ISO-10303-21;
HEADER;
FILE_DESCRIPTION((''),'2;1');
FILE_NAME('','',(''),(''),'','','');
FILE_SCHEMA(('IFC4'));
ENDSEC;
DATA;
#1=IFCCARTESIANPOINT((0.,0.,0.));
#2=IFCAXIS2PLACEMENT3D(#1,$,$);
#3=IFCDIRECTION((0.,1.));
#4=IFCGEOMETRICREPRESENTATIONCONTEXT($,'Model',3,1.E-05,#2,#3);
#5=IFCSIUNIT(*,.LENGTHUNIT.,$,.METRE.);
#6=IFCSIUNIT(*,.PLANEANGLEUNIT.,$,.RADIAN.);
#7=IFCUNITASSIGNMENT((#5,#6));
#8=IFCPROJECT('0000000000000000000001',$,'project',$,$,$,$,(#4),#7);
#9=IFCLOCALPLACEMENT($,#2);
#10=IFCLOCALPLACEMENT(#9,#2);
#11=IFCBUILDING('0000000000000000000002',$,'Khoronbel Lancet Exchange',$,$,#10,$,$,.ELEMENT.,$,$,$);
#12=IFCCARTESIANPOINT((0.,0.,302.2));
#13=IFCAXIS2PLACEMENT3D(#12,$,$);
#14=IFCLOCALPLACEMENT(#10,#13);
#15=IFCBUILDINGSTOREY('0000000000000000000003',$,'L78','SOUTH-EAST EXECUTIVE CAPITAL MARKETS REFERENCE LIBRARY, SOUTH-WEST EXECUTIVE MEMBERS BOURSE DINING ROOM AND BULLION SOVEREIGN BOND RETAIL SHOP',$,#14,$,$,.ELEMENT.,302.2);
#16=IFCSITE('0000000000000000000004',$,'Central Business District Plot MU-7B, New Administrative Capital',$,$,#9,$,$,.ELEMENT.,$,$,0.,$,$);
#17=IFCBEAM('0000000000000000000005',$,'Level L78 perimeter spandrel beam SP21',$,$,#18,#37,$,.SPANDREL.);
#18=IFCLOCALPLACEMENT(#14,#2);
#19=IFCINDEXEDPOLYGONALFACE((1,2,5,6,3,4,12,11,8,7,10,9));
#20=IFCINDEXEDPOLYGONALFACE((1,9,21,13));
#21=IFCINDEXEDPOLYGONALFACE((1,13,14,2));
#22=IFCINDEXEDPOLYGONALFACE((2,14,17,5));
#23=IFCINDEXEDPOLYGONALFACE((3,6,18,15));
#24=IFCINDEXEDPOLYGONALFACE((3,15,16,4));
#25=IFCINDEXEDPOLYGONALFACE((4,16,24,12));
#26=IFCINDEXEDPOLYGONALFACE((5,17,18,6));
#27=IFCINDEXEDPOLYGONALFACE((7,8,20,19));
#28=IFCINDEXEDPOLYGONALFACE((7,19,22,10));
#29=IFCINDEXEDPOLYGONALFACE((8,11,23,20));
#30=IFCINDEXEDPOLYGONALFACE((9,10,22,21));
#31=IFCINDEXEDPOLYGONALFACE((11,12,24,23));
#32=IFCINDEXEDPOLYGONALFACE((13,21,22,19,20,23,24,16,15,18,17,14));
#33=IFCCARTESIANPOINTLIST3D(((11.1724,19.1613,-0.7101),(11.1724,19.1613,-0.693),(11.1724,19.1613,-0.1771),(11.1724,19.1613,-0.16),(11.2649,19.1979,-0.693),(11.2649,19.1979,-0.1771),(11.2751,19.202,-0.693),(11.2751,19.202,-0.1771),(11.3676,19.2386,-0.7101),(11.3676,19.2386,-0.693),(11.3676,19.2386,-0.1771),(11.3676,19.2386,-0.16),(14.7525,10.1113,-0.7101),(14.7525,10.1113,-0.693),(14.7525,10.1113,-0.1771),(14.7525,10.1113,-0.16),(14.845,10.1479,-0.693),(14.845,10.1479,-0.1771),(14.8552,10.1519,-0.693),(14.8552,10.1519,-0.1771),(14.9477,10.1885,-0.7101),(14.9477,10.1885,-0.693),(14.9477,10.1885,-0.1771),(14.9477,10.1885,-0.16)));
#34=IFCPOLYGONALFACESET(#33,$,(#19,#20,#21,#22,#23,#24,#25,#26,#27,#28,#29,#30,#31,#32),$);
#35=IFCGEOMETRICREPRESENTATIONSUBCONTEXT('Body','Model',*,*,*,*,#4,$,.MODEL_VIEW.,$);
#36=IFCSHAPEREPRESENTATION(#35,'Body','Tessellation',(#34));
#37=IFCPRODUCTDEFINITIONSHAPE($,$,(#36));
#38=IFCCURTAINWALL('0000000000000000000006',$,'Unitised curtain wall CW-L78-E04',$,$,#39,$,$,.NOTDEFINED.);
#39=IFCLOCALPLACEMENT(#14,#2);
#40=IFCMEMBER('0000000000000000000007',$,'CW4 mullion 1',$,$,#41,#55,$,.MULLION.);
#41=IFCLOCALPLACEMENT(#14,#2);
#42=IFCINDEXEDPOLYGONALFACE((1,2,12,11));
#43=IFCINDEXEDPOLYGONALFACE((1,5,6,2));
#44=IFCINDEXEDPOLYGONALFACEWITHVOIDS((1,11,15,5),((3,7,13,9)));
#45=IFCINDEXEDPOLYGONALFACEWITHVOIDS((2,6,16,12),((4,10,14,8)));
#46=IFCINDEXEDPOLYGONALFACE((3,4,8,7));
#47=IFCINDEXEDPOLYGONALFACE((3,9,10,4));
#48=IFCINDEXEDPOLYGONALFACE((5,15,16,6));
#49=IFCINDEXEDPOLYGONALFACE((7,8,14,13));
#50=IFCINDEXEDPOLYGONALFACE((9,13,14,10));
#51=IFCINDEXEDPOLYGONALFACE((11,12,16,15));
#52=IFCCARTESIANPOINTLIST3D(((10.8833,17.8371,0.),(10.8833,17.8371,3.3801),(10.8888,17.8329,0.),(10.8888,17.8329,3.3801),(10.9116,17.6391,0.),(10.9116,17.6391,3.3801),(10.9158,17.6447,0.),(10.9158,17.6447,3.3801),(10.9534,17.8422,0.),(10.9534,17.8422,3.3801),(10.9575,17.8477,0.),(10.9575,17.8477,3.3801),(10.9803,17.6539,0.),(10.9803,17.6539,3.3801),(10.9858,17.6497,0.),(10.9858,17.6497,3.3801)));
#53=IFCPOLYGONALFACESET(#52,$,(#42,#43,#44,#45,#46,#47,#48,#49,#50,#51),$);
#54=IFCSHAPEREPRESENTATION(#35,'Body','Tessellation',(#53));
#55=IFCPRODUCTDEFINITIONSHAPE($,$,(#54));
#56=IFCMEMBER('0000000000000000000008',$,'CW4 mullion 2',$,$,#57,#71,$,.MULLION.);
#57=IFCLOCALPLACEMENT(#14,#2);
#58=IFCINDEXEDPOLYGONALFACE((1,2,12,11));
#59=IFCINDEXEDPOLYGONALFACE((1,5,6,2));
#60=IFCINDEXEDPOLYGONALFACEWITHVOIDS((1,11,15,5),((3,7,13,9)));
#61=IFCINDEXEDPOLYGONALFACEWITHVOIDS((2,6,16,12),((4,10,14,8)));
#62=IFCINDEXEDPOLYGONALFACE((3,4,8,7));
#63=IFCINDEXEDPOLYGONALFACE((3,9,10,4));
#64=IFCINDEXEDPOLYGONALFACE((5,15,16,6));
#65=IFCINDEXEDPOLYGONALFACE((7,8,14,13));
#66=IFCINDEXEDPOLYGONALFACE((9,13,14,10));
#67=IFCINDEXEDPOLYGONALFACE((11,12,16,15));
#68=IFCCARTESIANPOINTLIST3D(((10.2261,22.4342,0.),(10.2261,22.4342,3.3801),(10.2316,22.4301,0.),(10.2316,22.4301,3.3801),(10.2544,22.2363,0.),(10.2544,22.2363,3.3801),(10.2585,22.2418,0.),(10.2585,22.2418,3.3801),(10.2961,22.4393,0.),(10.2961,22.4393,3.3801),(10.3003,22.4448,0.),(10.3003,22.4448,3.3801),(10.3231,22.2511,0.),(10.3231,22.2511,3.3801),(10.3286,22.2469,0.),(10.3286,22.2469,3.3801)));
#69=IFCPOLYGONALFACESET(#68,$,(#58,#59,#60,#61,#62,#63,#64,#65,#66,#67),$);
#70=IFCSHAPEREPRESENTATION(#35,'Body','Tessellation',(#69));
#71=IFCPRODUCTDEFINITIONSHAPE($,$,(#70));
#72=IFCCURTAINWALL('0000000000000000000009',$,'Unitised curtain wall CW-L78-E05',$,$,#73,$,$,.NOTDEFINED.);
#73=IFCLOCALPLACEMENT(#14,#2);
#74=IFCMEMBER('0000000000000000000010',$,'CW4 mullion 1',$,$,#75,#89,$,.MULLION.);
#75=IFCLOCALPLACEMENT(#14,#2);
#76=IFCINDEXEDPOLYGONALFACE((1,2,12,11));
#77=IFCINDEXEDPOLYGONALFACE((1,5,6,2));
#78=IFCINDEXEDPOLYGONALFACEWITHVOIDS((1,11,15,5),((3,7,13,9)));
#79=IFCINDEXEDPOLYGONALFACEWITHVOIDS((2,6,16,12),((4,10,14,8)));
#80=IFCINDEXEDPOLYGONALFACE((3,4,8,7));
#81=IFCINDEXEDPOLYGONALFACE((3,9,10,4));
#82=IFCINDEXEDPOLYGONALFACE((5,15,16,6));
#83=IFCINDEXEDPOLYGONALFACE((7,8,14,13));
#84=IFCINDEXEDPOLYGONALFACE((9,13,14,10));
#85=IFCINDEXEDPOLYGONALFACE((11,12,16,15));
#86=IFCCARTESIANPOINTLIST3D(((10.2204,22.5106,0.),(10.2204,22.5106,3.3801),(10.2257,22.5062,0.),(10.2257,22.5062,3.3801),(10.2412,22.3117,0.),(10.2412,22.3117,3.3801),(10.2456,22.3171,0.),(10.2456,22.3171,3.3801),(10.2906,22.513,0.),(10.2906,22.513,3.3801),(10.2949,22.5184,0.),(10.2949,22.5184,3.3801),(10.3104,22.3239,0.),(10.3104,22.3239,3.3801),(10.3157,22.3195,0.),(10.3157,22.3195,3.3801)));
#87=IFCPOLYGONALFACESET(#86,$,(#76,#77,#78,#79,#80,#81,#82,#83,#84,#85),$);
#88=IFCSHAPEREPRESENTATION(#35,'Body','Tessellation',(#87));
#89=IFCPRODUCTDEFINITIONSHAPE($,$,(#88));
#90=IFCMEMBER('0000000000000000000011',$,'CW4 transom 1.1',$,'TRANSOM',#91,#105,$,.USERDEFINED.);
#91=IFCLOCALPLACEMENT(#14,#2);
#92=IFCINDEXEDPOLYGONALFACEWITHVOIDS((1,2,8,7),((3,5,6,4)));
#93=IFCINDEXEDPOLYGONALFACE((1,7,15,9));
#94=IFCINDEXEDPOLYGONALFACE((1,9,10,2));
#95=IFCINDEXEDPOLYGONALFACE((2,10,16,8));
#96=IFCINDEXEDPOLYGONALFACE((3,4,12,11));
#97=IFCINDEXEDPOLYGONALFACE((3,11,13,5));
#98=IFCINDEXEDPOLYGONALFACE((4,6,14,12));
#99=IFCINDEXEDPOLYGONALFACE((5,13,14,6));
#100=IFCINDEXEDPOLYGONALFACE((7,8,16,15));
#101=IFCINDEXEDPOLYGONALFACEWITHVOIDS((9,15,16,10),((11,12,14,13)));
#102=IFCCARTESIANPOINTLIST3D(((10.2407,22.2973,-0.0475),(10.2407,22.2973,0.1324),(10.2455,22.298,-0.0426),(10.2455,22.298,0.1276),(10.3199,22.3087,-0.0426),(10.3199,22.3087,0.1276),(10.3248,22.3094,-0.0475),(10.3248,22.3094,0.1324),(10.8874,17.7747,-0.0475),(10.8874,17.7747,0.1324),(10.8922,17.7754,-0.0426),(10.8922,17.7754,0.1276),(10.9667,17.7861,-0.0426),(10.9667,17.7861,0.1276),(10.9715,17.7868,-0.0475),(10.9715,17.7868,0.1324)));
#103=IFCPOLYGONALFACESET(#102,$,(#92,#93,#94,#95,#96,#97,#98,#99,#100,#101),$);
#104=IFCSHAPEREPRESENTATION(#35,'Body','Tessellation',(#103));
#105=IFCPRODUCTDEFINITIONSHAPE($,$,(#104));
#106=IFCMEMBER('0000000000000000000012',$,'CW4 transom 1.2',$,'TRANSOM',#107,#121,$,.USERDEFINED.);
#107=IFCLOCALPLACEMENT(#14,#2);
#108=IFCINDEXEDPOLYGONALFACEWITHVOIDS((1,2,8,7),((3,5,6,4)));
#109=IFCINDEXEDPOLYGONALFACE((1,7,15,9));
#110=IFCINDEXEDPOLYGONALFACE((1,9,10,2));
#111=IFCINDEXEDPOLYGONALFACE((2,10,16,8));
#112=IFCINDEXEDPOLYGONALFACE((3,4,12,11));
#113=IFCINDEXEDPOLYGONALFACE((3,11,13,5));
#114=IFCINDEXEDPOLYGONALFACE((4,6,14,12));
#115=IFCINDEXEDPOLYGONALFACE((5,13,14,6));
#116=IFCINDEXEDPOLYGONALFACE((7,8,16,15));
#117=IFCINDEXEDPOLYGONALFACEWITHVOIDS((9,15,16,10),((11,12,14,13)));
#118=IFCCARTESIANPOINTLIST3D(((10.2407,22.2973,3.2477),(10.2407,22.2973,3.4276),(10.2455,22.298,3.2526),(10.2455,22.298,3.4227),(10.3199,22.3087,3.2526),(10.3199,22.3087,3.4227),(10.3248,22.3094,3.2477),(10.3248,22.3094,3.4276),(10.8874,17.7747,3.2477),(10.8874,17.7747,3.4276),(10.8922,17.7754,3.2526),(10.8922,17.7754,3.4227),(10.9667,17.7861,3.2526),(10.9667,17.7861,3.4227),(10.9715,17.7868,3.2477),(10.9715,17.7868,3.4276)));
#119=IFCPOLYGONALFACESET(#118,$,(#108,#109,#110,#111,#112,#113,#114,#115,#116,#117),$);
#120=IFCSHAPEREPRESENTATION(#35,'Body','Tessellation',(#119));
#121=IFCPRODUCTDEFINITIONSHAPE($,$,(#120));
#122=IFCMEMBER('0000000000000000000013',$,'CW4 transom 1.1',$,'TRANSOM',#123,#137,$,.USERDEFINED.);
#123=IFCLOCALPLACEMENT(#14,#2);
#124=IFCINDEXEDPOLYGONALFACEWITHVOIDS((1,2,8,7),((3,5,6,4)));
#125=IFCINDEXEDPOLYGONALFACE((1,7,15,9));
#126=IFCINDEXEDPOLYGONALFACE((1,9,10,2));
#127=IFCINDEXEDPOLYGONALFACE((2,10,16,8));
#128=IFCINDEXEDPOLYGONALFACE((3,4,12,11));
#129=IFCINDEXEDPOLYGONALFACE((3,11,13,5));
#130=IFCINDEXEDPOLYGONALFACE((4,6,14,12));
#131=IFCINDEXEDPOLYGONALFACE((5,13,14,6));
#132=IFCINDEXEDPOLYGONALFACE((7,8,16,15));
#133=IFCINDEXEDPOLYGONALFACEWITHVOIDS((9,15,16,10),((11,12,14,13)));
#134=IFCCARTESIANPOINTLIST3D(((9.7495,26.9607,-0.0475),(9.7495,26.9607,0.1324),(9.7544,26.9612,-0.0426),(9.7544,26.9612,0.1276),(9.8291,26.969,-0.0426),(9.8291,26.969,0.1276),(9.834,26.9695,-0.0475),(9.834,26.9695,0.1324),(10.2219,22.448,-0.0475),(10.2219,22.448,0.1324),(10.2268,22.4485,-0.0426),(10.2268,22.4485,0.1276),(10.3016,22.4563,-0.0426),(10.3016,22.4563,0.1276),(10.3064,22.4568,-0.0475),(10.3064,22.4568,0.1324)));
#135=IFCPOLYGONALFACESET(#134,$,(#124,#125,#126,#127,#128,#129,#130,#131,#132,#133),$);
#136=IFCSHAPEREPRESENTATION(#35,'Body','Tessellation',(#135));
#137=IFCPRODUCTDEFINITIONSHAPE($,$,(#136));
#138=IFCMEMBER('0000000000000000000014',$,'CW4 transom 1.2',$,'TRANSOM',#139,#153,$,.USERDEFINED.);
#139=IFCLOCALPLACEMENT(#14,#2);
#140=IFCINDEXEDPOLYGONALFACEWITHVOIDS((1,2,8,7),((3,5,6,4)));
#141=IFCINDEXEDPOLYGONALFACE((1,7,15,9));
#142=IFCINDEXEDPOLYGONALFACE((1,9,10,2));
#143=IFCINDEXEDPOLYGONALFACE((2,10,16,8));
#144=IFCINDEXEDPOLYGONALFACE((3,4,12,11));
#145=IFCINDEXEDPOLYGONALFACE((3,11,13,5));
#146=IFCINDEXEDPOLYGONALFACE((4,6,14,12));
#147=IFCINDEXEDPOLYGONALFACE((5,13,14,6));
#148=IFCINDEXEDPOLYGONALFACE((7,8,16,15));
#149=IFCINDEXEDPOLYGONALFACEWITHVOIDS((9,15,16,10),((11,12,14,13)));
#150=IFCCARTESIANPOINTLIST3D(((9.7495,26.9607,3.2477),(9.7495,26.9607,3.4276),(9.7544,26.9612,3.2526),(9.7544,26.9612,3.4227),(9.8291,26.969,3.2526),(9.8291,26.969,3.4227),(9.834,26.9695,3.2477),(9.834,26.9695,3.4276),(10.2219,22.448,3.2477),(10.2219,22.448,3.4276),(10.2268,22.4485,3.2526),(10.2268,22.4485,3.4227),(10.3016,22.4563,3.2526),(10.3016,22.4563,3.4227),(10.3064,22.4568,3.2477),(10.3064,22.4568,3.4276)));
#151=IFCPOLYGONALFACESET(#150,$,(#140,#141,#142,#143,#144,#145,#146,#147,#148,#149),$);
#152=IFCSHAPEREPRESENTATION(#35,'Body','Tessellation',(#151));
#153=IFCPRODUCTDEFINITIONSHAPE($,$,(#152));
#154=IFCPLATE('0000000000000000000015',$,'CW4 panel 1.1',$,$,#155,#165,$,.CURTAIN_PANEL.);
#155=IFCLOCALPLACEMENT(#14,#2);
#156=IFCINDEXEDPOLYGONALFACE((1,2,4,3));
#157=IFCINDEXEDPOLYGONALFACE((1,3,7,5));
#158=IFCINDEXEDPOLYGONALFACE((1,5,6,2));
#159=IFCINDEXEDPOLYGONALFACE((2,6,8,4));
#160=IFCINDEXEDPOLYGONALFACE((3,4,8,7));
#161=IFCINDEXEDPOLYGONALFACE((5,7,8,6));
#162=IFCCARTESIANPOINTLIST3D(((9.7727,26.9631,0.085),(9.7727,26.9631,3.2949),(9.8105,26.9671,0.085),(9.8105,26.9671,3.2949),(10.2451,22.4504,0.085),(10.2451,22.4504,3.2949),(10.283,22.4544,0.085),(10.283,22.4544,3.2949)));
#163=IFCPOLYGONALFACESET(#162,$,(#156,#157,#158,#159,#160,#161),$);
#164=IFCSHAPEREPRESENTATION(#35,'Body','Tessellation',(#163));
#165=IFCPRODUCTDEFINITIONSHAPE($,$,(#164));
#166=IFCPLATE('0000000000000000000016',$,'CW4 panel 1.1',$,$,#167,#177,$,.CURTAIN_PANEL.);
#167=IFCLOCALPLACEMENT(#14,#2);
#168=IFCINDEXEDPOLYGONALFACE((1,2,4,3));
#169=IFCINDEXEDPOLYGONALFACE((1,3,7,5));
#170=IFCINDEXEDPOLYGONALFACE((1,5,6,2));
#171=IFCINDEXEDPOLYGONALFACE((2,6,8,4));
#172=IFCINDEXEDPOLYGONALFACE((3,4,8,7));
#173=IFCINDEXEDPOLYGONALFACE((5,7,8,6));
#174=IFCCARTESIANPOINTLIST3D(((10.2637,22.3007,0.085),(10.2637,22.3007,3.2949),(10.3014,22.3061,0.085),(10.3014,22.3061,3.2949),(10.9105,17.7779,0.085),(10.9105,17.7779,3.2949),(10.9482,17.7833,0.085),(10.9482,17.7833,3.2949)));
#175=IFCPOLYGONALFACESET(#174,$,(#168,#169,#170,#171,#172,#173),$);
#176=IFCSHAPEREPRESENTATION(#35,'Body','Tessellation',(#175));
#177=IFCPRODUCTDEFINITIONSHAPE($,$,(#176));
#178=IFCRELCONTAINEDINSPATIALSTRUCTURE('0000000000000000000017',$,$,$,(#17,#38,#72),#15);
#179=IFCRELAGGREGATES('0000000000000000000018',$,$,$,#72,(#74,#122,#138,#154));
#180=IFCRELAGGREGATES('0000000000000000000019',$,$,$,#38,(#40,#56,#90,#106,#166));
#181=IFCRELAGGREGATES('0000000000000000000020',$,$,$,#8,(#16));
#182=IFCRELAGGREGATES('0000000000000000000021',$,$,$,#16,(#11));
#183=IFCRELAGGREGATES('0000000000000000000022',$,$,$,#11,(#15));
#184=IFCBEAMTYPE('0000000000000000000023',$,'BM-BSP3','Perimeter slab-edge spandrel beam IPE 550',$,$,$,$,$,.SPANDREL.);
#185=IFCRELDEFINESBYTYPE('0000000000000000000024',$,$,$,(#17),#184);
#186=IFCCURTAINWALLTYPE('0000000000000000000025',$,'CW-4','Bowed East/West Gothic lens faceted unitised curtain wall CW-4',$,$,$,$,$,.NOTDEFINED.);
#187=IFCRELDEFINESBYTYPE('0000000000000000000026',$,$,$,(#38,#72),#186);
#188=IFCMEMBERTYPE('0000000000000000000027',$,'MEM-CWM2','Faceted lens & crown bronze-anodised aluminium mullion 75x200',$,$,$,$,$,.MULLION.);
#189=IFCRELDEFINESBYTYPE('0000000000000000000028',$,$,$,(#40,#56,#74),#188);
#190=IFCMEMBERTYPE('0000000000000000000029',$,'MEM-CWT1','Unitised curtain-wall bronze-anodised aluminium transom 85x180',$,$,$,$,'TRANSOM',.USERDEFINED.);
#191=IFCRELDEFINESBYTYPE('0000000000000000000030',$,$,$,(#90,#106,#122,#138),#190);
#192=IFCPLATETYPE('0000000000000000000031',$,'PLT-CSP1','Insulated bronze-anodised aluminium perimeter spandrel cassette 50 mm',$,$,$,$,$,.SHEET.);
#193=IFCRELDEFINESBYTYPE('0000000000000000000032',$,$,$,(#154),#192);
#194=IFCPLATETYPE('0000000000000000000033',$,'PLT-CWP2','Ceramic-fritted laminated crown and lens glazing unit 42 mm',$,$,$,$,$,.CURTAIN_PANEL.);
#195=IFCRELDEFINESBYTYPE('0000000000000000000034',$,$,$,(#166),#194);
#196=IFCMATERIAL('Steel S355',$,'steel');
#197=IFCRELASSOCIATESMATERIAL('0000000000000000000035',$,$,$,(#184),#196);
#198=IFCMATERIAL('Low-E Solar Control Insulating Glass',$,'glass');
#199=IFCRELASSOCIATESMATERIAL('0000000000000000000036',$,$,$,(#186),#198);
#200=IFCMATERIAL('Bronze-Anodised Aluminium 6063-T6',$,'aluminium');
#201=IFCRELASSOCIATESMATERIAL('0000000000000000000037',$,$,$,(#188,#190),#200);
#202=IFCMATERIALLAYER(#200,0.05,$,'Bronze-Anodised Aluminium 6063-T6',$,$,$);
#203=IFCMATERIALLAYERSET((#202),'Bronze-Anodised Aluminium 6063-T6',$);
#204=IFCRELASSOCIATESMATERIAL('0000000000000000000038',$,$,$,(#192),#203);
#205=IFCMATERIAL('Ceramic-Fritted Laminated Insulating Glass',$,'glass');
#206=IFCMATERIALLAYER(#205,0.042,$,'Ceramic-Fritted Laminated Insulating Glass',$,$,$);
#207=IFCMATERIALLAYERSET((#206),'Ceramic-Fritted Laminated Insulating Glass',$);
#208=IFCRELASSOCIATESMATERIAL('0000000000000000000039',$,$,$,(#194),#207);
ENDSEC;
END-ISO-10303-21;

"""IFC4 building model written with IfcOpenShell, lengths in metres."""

from ifc_helpers import new_model, si_unit, direction, frame, origin, origin_2d, place, context, subcontext, project, spatial, rectangle, hollow_rectangle, i_section, extrude, material, layer, layer_set, material_profile, profile_set, type_object, element, aggregate, save


model = new_model("IFC4")

# Units and contexts
model_context = context("Model", 3, precision=1e-05, world=origin(), true_north=direction((0.0, 1.0)))
body_context = subcontext(model_context, "Body", "Model", "MODEL_VIEW")
ifc_project = project(units=[si_unit("LENGTHUNIT", "METRE"), si_unit("PLANEANGLEUNIT", "RADIAN")], contexts=[model_context])

# Site, building, storey
site_placement = place(None, origin())
site = spatial("IfcSite", under=ifc_project, at=site_placement, Name="Central Business District Plot MU-7B, New Administrative Capital", CompositionType="ELEMENT", RefElevation=0.0)
building_placement = place(site_placement, origin())
building = spatial("IfcBuilding", under=site, at=building_placement, Name="Khoronbel Lancet Exchange", CompositionType="ELEMENT")
storey_placement = place(building_placement, frame((0.0, 0.0, 302.2)))
storey = spatial("IfcBuildingStorey", under=building, at=storey_placement, Name="L78", Description="SOUTH-EAST EXECUTIVE CAPITAL MARKETS REFERENCE LIBRARY, SOUTH-WEST EXECUTIVE MEMBERS BOURSE DINING ROOM AND BULLION SOVEREIGN BOND RETAIL SHOP", CompositionType="ELEMENT", Elevation=302.2)

# Shared definitions
ifc_material_1 = material(Name="Steel S355", Category="steel")

# Beam
ifc_material_profile_1 = material_profile(ifc_material_1, i_section(OverallWidth=0.21, OverallDepth=0.55, WebThickness=0.011, FlangeThickness=0.0171, at=origin_2d()), Name="IPE 550")
ifc_profile_set_1 = profile_set([ifc_material_profile_1], Name="Steel S355")
beam_type_1 = type_object("IfcBeamType", Name="BM-BSP3", Description="Perimeter slab-edge spandrel beam IPE 550", PredefinedType="SPANDREL", material=ifc_profile_set_1)
beam_1_placement = place(storey_placement, frame((11.27, 19.2, -0.4351), z_axis=(0.36785, -0.929885, 0.0), x_axis=(0.929885, 0.36785, 0.0)))
element("IfcBeam", 1, at=beam_1_placement, inside=storey, type_object=beam_type_1, Name="Level L78 perimeter spandrel beam SP21", PredefinedType="SPANDREL", context=body_context, shape_type="SweptSolid", body=[
    extrude(i_section(OverallWidth=0.21, OverallDepth=0.55, WebThickness=0.011, FlangeThickness=0.0171, at=origin_2d()), origin(), (0.0, 0.0, 1.0), 9.7324),
])

# Curtain wall, members
ifc_material_2 = material(Name="Low-E Solar Control Insulating Glass", Category="glass")
curtain_wall_type = type_object("IfcCurtainWallType", Name="CW-4", Description="Bowed East/West Gothic lens faceted unitised curtain wall CW-4", PredefinedType="NOTDEFINED", material=ifc_material_2)
curtain_wall_1_placement = place(storey_placement, origin())
curtain_wall_1 = element("IfcCurtainWall", 2, at=curtain_wall_1_placement, inside=storey, type_object=curtain_wall_type, Name="Unitised curtain wall CW-L78-E04", PredefinedType="NOTDEFINED")
ifc_material_3 = material(Name="Bronze-Anodised Aluminium 6063-T6", Category="aluminium")
ifc_material_profile_2 = material_profile(ifc_material_3, hollow_rectangle(XDim=0.075, YDim=0.2, WallThickness=0.0049, at=origin_2d()), Name="ALU MULLION 75x200")
ifc_profile_set_2 = profile_set([ifc_material_profile_2], Name="Bronze-Anodised Aluminium 6063-T6")
member_type_1 = type_object("IfcMemberType", Name="MEM-CWM2", Description="Faceted lens & crown bronze-anodised aluminium mullion 75x200", PredefinedType="MULLION", material=ifc_profile_set_2)
member_1_placement = place(storey_placement, frame((10.9346, 17.7434, 0.0), z_axis=(0.0, 0.0, 1.0), x_axis=(-0.98993, -0.141558, 0.0)))
member_1 = element("IfcMember", 3, at=member_1_placement, type_object=member_type_1, Name="CW4 mullion 1", PredefinedType="MULLION", context=body_context, shape_type="SweptSolid", body=[
    extrude(hollow_rectangle(XDim=0.075, YDim=0.2, WallThickness=0.0049, at=origin_2d()), origin(), (0.0, 0.0, 1.0), 3.3801),
])
member_2_placement = place(storey_placement, frame((10.2773, 22.3406, 0.0), z_axis=(0.0, 0.0, 1.0), x_axis=(-0.98993, -0.141558, 0.0)))
member_2 = element("IfcMember", 4, at=member_2_placement, type_object=member_type_1, Name="CW4 mullion 2", PredefinedType="MULLION", context=body_context, shape_type="SweptSolid", body=[
    extrude(hollow_rectangle(XDim=0.075, YDim=0.2, WallThickness=0.0049, at=origin_2d()), origin(), (0.0, 0.0, 1.0), 3.3801),
])

# Curtain wall, member
curtain_wall_2_placement = place(storey_placement, origin())
curtain_wall_2 = element("IfcCurtainWall", 5, at=curtain_wall_2_placement, inside=storey, type_object=curtain_wall_type, Name="Unitised curtain wall CW-L78-E05", PredefinedType="NOTDEFINED")
member_3_placement = place(storey_placement, frame((10.2681, 22.415, 0.0), z_axis=(0.0, 0.0, 1.0), x_axis=(-0.994564, -0.104131, 0.0)))
member_3 = element("IfcMember", 6, at=member_3_placement, type_object=member_type_1, Name="CW4 mullion 1", PredefinedType="MULLION", context=body_context, shape_type="SweptSolid", body=[
    extrude(hollow_rectangle(XDim=0.075, YDim=0.2, WallThickness=0.0049, at=origin_2d()), origin(), (0.0, 0.0, 1.0), 3.3801),
])

# Members
ifc_material_profile_3 = material_profile(ifc_material_3, hollow_rectangle(XDim=0.085, YDim=0.1799, WallThickness=0.0049, at=origin_2d()), Name="ALU TRANSOM 85x180")
ifc_profile_set_3 = profile_set([ifc_material_profile_3], Name="Bronze-Anodised Aluminium 6063-T6")
member_type_2 = type_object("IfcMemberType", Name="MEM-CWT1", Description="Unitised curtain-wall bronze-anodised aluminium transom 85x180", ElementType="TRANSOM", PredefinedType="USERDEFINED", material=ifc_profile_set_3)
member_4_placement = place(storey_placement, frame((10.9294, 17.7808, 0.0425), z_axis=(-0.141556, 0.98993, 0.0), x_axis=(-0.98993, -0.141556, 0.0)))
member_4 = element("IfcMember", 7, at=member_4_placement, type_object=member_type_2, Name="CW4 transom 1.1", ObjectType="TRANSOM", PredefinedType="USERDEFINED", context=body_context, shape_type="SweptSolid", body=[
    extrude(hollow_rectangle(XDim=0.085, YDim=0.1799, WallThickness=0.0049, at=origin_2d()), origin(), (0.0, 0.0, 1.0), 4.5686),
])
member_5_placement = place(storey_placement, frame((10.9294, 17.7808, 3.3376), z_axis=(-0.141556, 0.98993, 0.0), x_axis=(-0.98993, -0.141556, 0.0)))
member_5 = element("IfcMember", 8, at=member_5_placement, type_object=member_type_2, Name="CW4 transom 1.2", ObjectType="TRANSOM", PredefinedType="USERDEFINED", context=body_context, shape_type="SweptSolid", body=[
    extrude(hollow_rectangle(XDim=0.085, YDim=0.1799, WallThickness=0.0049, at=origin_2d()), origin(), (0.0, 0.0, 1.0), 4.5686),
])
member_6_placement = place(storey_placement, frame((10.2642, 22.4524, 0.0425), z_axis=(-0.104116, 0.994565, 0.0), x_axis=(-0.994565, -0.104116, 0.0)))
member_6 = element("IfcMember", 9, at=member_6_placement, type_object=member_type_2, Name="CW4 transom 1.1", ObjectType="TRANSOM", PredefinedType="USERDEFINED", context=body_context, shape_type="SweptSolid", body=[
    extrude(hollow_rectangle(XDim=0.085, YDim=0.1799, WallThickness=0.0049, at=origin_2d()), origin(), (0.0, 0.0, 1.0), 4.5374),
])
member_7_placement = place(storey_placement, frame((10.2642, 22.4524, 3.3376), z_axis=(-0.104116, 0.994565, 0.0), x_axis=(-0.994565, -0.104116, 0.0)))
member_7 = element("IfcMember", 10, at=member_7_placement, type_object=member_type_2, Name="CW4 transom 1.2", ObjectType="TRANSOM", PredefinedType="USERDEFINED", context=body_context, shape_type="SweptSolid", body=[
    extrude(hollow_rectangle(XDim=0.085, YDim=0.1799, WallThickness=0.0049, at=origin_2d()), origin(), (0.0, 0.0, 1.0), 4.5374),
])

# Plates
ifc_layer_1 = layer(ifc_material_3, 0.05, Name="Bronze-Anodised Aluminium 6063-T6")
ifc_layer_set_1 = layer_set([ifc_layer_1], Name="Bronze-Anodised Aluminium 6063-T6")
plate_type_1 = type_object("IfcPlateType", Name="PLT-CSP1", Description="Insulated bronze-anodised aluminium perimeter spandrel cassette 50 mm", PredefinedType="SHEET", material=ifc_layer_set_1)
plate_1_placement = place(storey_placement, frame((10.0278, 24.7087, 0.085), z_axis=(0.0, 0.0, 1.0), x_axis=(-0.104131, 0.994564, 0.0)))
plate_1 = element("IfcPlate", 11, at=plate_1_placement, type_object=plate_type_1, Name="CW4 panel 1.1", PredefinedType="CURTAIN_PANEL", context=body_context, shape_type="SweptSolid", body=[
    extrude(rectangle(XDim=4.5374, YDim=0.0381, at=origin_2d()), origin(), (0.0, 0.0, 1.0), 3.21),
])
aggregate(curtain_wall_2, [member_3, member_6, member_7, plate_1])
ifc_material_4 = material(Name="Ceramic-Fritted Laminated Insulating Glass", Category="glass")
ifc_layer_2 = layer(ifc_material_4, 0.042, Name="Ceramic-Fritted Laminated Insulating Glass")
ifc_layer_set_2 = layer_set([ifc_layer_2], Name="Ceramic-Fritted Laminated Insulating Glass")
plate_type_2 = type_object("IfcPlateType", Name="PLT-CWP2", Description="Ceramic-fritted laminated crown and lens glazing unit 42 mm", PredefinedType="CURTAIN_PANEL", material=ifc_layer_set_2)
plate_2_placement = place(storey_placement, frame((10.606, 20.042, 0.085), z_axis=(0.0, 0.0, 1.0), x_axis=(-0.141558, 0.98993, 0.0)))
plate_2 = element("IfcPlate", 12, at=plate_2_placement, type_object=plate_type_2, Name="CW4 panel 1.1", PredefinedType="CURTAIN_PANEL", context=body_context, shape_type="SweptSolid", body=[
    extrude(rectangle(XDim=4.5688, YDim=0.0381, at=origin_2d()), origin(), (0.0, 0.0, 1.0), 3.21),
])
aggregate(curtain_wall_1, [member_1, member_2, member_4, member_5, plate_2])

save(model, "model.ifc")
